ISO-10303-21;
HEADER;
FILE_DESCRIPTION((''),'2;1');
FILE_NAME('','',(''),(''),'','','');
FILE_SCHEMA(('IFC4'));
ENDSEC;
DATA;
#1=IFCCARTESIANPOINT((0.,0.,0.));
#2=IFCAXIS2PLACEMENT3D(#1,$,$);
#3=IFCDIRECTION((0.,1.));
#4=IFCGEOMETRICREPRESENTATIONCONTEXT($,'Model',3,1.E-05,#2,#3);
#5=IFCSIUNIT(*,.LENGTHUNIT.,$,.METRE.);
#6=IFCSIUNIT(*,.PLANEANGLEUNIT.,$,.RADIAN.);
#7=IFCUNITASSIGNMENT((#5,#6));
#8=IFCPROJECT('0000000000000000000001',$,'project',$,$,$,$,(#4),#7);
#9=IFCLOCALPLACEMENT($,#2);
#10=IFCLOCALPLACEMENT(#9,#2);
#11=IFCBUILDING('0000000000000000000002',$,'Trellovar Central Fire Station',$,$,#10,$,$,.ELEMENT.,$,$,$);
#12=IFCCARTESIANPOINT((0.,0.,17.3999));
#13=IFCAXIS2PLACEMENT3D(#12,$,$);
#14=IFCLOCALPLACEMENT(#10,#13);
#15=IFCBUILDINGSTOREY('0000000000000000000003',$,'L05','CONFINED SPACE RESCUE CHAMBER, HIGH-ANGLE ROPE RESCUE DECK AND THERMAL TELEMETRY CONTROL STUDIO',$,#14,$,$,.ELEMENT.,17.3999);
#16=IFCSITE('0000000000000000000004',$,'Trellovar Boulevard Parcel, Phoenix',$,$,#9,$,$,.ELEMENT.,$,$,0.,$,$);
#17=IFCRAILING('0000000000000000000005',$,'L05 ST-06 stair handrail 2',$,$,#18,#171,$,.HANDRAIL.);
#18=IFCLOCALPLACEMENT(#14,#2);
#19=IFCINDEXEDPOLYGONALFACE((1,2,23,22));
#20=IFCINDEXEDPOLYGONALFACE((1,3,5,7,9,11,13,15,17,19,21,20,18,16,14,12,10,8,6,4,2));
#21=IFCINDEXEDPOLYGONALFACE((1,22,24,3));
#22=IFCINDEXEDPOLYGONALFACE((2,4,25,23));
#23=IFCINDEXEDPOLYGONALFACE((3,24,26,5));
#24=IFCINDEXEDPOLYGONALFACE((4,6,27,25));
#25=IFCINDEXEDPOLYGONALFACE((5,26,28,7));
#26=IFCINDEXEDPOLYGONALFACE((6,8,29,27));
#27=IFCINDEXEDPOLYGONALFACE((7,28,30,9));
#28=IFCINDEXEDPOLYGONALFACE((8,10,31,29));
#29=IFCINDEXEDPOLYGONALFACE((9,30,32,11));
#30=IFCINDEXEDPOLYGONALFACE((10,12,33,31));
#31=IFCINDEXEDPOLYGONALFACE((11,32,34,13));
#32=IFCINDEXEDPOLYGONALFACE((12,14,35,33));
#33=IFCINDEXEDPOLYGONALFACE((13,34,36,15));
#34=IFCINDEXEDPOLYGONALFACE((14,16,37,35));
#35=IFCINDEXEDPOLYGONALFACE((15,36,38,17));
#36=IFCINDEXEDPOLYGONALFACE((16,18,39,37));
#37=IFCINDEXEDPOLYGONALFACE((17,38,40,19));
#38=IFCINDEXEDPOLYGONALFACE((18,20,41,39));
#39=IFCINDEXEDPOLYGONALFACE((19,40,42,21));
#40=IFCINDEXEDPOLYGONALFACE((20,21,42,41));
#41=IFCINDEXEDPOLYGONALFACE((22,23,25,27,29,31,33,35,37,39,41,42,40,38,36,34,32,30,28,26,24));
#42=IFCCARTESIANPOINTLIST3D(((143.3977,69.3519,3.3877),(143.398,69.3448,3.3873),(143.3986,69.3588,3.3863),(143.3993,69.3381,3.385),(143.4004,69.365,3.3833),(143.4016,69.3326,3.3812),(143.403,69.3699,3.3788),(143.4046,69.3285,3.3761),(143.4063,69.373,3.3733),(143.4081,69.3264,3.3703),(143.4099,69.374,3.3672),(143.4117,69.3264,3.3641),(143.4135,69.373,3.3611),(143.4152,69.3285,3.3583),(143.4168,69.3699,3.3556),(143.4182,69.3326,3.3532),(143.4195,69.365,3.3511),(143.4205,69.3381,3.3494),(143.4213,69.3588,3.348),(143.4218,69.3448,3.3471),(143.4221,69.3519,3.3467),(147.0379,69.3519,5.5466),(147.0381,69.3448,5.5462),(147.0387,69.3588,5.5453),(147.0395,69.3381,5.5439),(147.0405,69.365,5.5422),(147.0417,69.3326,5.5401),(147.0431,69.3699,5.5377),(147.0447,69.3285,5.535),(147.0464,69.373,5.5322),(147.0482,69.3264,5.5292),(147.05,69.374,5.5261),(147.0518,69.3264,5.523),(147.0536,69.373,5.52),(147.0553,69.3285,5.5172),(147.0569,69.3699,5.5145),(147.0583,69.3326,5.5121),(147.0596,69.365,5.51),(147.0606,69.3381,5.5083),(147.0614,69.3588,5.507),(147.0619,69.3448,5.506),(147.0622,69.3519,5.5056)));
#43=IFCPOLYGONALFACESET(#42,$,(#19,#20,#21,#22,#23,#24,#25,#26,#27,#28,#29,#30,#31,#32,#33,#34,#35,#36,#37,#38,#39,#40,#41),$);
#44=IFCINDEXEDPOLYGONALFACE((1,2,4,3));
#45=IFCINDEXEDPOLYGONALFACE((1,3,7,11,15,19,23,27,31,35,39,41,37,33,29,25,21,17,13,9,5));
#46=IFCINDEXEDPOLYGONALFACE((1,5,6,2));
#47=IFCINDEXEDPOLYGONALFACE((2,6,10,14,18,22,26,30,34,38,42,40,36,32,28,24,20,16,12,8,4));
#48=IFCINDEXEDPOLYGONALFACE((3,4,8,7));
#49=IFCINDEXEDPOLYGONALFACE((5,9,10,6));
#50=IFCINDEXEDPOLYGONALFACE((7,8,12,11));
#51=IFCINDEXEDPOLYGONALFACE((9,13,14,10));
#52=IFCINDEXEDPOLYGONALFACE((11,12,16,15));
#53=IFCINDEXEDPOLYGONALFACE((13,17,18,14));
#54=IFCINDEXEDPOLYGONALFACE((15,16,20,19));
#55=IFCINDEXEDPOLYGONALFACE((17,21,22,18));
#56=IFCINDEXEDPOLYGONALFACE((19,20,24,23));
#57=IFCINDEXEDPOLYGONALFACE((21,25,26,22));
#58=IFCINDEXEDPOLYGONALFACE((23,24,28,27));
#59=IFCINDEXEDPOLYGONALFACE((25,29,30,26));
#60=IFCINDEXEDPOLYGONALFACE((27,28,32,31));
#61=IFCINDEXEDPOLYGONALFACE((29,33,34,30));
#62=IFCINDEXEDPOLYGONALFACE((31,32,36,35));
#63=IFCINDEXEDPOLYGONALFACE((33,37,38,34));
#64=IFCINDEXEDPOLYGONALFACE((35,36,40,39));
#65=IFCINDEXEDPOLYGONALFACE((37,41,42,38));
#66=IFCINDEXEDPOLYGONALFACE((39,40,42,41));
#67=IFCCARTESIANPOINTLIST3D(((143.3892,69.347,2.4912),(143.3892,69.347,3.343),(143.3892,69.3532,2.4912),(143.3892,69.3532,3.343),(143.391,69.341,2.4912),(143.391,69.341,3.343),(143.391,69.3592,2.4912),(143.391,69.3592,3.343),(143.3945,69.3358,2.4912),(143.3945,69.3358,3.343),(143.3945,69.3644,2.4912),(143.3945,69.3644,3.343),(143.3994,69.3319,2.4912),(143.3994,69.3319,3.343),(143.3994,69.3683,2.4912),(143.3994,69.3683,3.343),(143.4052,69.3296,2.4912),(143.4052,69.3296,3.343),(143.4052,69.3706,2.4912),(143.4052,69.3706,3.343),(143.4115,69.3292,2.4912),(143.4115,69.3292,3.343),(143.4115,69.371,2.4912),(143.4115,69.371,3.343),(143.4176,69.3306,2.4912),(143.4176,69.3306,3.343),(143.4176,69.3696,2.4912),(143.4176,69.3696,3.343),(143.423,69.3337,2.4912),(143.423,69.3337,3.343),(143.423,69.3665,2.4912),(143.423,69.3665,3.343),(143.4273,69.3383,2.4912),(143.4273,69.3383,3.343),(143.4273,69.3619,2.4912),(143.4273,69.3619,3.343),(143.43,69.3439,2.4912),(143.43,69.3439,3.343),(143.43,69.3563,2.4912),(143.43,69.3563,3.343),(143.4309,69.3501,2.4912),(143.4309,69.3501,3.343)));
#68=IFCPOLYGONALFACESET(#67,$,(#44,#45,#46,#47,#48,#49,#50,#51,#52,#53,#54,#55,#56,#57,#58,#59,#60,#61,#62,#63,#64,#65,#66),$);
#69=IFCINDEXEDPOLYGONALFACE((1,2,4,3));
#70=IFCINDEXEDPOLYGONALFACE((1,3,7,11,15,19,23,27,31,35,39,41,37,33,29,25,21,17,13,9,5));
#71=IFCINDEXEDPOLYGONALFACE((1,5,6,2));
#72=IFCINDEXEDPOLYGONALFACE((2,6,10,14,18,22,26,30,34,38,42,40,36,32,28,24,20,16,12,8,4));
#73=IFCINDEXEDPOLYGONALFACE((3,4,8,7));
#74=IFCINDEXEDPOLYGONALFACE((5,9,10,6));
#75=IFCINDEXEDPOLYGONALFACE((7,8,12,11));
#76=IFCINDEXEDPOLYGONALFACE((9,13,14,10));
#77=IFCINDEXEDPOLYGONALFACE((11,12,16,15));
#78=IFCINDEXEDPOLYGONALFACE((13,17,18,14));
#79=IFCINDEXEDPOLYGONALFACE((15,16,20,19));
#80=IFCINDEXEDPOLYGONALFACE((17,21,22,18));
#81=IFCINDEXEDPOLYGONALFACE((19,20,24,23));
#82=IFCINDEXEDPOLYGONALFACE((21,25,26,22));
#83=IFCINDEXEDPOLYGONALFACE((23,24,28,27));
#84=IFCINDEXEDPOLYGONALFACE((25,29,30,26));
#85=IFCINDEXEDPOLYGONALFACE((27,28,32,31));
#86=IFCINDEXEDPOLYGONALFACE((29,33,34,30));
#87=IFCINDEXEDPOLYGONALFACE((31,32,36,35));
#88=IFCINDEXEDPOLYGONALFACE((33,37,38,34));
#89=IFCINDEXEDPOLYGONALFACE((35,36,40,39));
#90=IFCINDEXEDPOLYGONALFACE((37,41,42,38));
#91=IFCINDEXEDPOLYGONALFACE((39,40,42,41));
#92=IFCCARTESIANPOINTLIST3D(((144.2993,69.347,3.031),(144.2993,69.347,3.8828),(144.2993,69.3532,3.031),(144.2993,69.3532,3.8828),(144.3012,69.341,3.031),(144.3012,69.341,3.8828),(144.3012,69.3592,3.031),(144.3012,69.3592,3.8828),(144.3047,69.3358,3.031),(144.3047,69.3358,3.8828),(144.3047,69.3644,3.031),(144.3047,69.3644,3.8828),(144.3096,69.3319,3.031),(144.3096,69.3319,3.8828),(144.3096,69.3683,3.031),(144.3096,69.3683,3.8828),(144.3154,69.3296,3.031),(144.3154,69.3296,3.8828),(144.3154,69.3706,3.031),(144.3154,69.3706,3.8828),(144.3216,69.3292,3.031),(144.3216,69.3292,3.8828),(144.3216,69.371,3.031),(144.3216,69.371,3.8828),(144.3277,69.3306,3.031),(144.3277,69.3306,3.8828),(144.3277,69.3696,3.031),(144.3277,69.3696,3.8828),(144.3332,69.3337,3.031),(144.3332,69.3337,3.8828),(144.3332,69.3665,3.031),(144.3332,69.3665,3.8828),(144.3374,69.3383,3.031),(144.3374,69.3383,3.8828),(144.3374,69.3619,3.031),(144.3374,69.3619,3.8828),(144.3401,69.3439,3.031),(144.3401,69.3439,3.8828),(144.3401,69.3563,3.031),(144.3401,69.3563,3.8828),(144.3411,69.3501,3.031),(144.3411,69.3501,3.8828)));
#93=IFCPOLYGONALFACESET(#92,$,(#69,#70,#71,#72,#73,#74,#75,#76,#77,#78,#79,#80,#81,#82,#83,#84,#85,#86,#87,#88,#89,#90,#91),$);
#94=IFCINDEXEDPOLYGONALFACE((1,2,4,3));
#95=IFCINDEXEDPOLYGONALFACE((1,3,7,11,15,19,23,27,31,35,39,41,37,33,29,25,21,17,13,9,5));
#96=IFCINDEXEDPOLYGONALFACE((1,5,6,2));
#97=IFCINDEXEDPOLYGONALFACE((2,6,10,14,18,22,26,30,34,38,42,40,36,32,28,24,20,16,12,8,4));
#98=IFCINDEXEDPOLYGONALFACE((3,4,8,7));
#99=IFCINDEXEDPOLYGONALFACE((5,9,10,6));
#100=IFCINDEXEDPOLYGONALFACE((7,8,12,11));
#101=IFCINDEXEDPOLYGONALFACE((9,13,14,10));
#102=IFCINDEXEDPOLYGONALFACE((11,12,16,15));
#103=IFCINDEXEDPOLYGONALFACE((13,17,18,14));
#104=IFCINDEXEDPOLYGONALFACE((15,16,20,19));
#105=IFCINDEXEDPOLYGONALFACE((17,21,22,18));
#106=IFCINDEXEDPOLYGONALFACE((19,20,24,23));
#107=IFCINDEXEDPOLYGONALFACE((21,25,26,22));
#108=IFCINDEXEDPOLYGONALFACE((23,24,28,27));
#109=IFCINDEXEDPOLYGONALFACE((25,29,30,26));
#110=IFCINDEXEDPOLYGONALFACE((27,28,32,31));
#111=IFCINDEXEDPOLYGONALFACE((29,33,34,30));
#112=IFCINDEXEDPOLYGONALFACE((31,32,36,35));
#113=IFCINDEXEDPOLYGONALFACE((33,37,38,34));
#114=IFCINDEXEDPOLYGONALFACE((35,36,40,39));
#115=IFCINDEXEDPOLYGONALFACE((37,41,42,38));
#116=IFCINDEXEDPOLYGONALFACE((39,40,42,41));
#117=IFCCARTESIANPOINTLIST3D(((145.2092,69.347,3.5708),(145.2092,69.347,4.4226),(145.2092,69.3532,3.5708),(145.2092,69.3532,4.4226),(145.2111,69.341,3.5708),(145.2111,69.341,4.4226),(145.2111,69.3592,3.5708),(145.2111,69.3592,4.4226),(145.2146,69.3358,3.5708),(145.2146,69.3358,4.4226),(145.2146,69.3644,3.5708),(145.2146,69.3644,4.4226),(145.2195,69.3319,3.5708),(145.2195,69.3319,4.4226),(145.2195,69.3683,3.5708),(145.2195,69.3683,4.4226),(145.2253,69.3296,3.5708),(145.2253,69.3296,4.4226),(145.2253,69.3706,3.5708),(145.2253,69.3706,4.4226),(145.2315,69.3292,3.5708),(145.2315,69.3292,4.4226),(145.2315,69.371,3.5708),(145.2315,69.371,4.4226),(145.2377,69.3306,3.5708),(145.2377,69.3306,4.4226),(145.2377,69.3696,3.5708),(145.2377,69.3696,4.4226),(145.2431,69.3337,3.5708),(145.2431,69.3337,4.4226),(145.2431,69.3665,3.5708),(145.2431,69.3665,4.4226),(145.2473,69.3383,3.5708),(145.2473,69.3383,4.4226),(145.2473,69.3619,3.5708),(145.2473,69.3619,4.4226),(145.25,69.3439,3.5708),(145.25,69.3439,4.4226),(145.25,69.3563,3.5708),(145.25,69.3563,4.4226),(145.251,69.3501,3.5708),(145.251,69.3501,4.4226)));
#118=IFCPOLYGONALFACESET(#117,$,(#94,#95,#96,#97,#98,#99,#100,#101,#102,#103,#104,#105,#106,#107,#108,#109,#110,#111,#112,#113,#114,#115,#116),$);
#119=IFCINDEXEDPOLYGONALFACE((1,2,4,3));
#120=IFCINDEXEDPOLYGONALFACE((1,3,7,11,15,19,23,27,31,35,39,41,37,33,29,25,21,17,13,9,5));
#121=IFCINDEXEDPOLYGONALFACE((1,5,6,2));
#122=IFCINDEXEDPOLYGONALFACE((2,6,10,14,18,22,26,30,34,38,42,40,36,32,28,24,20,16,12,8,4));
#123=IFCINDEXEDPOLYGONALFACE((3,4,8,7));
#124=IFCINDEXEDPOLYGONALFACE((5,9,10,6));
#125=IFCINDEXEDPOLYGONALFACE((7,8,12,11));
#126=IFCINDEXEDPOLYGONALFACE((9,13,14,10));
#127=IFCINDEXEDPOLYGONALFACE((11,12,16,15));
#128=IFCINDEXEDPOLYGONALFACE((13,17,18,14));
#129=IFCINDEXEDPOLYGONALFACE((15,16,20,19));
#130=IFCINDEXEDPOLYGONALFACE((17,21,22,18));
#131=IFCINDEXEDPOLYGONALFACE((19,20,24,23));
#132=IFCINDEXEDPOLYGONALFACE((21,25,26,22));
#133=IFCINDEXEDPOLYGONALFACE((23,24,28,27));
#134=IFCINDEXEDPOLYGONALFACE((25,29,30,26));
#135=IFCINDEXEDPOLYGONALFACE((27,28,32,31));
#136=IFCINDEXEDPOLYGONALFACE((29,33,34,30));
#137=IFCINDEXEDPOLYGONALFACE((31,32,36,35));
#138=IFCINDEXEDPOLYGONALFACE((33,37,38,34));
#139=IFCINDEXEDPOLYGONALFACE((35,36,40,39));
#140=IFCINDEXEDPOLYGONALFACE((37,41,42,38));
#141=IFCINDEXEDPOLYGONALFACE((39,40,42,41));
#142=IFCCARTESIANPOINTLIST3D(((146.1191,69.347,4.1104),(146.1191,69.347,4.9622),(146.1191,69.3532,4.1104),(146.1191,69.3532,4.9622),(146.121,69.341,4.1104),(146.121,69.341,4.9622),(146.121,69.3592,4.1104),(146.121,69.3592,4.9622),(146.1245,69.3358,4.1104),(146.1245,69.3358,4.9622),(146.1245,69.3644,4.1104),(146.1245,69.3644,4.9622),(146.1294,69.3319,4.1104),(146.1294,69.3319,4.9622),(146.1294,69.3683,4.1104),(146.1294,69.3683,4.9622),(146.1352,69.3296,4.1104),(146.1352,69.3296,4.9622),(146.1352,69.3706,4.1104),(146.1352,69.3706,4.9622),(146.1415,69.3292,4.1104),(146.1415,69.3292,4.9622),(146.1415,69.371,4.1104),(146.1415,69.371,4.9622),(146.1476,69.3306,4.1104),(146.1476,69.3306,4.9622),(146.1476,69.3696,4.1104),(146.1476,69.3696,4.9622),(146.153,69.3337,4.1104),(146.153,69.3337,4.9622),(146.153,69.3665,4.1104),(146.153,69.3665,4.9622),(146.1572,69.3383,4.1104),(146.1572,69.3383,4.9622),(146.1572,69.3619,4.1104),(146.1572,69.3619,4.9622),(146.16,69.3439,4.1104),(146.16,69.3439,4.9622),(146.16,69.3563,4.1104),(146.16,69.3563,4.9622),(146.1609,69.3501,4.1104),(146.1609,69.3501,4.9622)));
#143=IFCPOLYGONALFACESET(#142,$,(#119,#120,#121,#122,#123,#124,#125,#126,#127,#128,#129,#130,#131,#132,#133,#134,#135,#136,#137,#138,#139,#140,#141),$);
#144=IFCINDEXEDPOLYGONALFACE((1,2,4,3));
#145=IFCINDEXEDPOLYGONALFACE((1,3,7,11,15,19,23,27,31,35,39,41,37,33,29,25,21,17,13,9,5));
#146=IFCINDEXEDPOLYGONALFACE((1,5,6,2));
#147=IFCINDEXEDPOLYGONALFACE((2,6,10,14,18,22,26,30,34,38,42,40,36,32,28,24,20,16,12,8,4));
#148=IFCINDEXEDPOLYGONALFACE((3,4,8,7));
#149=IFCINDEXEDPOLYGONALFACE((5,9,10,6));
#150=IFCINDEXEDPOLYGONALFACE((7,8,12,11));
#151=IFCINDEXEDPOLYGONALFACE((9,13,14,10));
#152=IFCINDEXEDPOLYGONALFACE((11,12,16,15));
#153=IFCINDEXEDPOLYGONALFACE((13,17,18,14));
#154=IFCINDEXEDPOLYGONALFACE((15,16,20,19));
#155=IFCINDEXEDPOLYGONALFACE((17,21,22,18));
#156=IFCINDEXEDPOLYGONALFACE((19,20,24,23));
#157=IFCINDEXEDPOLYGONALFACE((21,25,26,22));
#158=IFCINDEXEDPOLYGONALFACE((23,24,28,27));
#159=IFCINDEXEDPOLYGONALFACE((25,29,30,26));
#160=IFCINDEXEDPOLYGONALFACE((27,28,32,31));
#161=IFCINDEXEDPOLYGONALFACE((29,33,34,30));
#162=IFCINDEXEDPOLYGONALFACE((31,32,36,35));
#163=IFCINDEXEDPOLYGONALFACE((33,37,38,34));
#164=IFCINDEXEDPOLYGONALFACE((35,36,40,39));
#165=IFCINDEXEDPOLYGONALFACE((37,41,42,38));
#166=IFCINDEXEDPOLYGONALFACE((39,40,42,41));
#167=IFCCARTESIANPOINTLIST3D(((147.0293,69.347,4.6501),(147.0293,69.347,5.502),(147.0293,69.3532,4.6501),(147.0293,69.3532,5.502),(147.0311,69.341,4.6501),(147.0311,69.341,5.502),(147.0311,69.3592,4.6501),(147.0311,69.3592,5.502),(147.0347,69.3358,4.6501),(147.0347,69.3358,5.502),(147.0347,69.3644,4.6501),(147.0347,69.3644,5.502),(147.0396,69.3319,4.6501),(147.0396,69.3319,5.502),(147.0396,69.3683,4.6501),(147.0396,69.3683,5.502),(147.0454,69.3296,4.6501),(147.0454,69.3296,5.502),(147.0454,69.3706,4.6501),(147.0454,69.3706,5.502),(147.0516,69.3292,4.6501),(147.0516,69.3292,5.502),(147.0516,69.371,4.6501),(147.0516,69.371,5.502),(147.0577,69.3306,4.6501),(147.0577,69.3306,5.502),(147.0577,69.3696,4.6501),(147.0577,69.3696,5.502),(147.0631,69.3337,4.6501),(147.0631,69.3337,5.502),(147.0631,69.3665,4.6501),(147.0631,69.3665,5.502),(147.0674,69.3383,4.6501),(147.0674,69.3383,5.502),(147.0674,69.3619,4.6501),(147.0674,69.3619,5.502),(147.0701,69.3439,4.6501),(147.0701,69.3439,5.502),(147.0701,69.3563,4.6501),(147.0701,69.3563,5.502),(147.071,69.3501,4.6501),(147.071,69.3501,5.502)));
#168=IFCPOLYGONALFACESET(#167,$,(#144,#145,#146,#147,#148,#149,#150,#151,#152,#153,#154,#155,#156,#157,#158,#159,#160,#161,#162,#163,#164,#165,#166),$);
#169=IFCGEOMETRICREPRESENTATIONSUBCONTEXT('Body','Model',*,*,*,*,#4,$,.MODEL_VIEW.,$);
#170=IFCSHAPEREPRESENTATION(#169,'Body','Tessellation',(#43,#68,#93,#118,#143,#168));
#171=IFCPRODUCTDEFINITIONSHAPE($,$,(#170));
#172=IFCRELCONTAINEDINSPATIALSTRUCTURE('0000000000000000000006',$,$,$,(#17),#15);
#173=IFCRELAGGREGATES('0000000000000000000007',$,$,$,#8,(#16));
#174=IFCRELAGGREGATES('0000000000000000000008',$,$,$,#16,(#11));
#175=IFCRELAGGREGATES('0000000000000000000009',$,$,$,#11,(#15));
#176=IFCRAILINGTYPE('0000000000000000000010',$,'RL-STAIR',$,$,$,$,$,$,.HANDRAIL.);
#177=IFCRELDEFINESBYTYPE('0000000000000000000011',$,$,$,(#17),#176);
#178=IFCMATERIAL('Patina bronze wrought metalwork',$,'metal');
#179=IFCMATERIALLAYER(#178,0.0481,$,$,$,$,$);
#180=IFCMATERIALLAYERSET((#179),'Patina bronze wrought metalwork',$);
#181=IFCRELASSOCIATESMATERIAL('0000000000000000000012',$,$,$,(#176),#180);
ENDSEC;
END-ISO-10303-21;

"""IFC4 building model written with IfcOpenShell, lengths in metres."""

from ifc_helpers import new_model, si_unit, direction, frame, origin, origin_2d, place, context, subcontext, project, spatial, circle, extrude, material, layer, layer_set, type_object, element, save


model = new_model("IFC4")

# Units and contexts
model_context = context("Model", 3, precision=1e-05, world=origin(), true_north=direction((0.0, 1.0)))
body_context = subcontext(model_context, "Body", "Model", "MODEL_VIEW")
ifc_project = project(units=[si_unit("LENGTHUNIT", "METRE"), si_unit("PLANEANGLEUNIT", "RADIAN")], contexts=[model_context])

# Site, building, storey
site_placement = place(None, origin())
site = spatial("IfcSite", under=ifc_project, at=site_placement, Name="Trellovar Boulevard Parcel, Phoenix", CompositionType="ELEMENT", RefElevation=0.0)
building_placement = place(site_placement, origin())
building = spatial("IfcBuilding", under=site, at=building_placement, Name="Trellovar Central Fire Station", CompositionType="ELEMENT")
storey_placement = place(building_placement, frame((0.0, 0.0, 17.3999)))
storey = spatial("IfcBuildingStorey", under=building, at=storey_placement, Name="L05", Description="CONFINED SPACE RESCUE CHAMBER, HIGH-ANGLE ROPE RESCUE DECK AND THERMAL TELEMETRY CONTROL STUDIO", CompositionType="ELEMENT", Elevation=17.3999)

# Railing
ifc_material_1 = material(Name="Patina bronze wrought metalwork", Category="metal")
ifc_layer_1 = layer(ifc_material_1, 0.0481)
ifc_layer_set_1 = layer_set([ifc_layer_1], Name="Patina bronze wrought metalwork")
railing_type_1 = type_object("IfcRailingType", Name="RL-STAIR", PredefinedType="HANDRAIL", material=ifc_layer_set_1)
for number, where, name in (
    (1, (143.4099, 69.3501, 2.4912), "L05 ST-06 stair handrail 2"),
):
    element("IfcRailing", number, at=place(storey_placement, frame(where)), inside=storey, type_object=railing_type_1, Name=name, PredefinedType="HANDRAIL", context=body_context, shape_type="SweptSolid", body=[
        extrude(circle(Radius=0.0239, at=origin_2d()), frame((0.0, 0.0, 0.876), z_axis=(0.860103, 0.0, 0.51012), x_axis=(0.0, 1.0, 0.0)), (0.0, 0.0, 1.0), 4.2322),
        extrude(circle(Radius=0.021, at=origin_2d()), origin(), (0.0, 0.0, 1.0), 0.8518),
        extrude(circle(Radius=0.021, at=origin_2d()), frame((0.9102, 0.0, 0.5398)), (0.0, 0.0, 1.0), 0.8518),
        extrude(circle(Radius=0.021, at=origin_2d()), frame((1.8201, 0.0, 1.0796)), (0.0, 0.0, 1.0), 0.8518),
        extrude(circle(Radius=0.021, at=origin_2d()), frame((2.73, 0.0, 1.6191)), (0.0, 0.0, 1.0), 0.8518),
        extrude(circle(Radius=0.021, at=origin_2d()), frame((3.6401, 0.0, 2.1589)), (0.0, 0.0, 1.0), 0.8518),
    ])

save(model, "model.ifc")
